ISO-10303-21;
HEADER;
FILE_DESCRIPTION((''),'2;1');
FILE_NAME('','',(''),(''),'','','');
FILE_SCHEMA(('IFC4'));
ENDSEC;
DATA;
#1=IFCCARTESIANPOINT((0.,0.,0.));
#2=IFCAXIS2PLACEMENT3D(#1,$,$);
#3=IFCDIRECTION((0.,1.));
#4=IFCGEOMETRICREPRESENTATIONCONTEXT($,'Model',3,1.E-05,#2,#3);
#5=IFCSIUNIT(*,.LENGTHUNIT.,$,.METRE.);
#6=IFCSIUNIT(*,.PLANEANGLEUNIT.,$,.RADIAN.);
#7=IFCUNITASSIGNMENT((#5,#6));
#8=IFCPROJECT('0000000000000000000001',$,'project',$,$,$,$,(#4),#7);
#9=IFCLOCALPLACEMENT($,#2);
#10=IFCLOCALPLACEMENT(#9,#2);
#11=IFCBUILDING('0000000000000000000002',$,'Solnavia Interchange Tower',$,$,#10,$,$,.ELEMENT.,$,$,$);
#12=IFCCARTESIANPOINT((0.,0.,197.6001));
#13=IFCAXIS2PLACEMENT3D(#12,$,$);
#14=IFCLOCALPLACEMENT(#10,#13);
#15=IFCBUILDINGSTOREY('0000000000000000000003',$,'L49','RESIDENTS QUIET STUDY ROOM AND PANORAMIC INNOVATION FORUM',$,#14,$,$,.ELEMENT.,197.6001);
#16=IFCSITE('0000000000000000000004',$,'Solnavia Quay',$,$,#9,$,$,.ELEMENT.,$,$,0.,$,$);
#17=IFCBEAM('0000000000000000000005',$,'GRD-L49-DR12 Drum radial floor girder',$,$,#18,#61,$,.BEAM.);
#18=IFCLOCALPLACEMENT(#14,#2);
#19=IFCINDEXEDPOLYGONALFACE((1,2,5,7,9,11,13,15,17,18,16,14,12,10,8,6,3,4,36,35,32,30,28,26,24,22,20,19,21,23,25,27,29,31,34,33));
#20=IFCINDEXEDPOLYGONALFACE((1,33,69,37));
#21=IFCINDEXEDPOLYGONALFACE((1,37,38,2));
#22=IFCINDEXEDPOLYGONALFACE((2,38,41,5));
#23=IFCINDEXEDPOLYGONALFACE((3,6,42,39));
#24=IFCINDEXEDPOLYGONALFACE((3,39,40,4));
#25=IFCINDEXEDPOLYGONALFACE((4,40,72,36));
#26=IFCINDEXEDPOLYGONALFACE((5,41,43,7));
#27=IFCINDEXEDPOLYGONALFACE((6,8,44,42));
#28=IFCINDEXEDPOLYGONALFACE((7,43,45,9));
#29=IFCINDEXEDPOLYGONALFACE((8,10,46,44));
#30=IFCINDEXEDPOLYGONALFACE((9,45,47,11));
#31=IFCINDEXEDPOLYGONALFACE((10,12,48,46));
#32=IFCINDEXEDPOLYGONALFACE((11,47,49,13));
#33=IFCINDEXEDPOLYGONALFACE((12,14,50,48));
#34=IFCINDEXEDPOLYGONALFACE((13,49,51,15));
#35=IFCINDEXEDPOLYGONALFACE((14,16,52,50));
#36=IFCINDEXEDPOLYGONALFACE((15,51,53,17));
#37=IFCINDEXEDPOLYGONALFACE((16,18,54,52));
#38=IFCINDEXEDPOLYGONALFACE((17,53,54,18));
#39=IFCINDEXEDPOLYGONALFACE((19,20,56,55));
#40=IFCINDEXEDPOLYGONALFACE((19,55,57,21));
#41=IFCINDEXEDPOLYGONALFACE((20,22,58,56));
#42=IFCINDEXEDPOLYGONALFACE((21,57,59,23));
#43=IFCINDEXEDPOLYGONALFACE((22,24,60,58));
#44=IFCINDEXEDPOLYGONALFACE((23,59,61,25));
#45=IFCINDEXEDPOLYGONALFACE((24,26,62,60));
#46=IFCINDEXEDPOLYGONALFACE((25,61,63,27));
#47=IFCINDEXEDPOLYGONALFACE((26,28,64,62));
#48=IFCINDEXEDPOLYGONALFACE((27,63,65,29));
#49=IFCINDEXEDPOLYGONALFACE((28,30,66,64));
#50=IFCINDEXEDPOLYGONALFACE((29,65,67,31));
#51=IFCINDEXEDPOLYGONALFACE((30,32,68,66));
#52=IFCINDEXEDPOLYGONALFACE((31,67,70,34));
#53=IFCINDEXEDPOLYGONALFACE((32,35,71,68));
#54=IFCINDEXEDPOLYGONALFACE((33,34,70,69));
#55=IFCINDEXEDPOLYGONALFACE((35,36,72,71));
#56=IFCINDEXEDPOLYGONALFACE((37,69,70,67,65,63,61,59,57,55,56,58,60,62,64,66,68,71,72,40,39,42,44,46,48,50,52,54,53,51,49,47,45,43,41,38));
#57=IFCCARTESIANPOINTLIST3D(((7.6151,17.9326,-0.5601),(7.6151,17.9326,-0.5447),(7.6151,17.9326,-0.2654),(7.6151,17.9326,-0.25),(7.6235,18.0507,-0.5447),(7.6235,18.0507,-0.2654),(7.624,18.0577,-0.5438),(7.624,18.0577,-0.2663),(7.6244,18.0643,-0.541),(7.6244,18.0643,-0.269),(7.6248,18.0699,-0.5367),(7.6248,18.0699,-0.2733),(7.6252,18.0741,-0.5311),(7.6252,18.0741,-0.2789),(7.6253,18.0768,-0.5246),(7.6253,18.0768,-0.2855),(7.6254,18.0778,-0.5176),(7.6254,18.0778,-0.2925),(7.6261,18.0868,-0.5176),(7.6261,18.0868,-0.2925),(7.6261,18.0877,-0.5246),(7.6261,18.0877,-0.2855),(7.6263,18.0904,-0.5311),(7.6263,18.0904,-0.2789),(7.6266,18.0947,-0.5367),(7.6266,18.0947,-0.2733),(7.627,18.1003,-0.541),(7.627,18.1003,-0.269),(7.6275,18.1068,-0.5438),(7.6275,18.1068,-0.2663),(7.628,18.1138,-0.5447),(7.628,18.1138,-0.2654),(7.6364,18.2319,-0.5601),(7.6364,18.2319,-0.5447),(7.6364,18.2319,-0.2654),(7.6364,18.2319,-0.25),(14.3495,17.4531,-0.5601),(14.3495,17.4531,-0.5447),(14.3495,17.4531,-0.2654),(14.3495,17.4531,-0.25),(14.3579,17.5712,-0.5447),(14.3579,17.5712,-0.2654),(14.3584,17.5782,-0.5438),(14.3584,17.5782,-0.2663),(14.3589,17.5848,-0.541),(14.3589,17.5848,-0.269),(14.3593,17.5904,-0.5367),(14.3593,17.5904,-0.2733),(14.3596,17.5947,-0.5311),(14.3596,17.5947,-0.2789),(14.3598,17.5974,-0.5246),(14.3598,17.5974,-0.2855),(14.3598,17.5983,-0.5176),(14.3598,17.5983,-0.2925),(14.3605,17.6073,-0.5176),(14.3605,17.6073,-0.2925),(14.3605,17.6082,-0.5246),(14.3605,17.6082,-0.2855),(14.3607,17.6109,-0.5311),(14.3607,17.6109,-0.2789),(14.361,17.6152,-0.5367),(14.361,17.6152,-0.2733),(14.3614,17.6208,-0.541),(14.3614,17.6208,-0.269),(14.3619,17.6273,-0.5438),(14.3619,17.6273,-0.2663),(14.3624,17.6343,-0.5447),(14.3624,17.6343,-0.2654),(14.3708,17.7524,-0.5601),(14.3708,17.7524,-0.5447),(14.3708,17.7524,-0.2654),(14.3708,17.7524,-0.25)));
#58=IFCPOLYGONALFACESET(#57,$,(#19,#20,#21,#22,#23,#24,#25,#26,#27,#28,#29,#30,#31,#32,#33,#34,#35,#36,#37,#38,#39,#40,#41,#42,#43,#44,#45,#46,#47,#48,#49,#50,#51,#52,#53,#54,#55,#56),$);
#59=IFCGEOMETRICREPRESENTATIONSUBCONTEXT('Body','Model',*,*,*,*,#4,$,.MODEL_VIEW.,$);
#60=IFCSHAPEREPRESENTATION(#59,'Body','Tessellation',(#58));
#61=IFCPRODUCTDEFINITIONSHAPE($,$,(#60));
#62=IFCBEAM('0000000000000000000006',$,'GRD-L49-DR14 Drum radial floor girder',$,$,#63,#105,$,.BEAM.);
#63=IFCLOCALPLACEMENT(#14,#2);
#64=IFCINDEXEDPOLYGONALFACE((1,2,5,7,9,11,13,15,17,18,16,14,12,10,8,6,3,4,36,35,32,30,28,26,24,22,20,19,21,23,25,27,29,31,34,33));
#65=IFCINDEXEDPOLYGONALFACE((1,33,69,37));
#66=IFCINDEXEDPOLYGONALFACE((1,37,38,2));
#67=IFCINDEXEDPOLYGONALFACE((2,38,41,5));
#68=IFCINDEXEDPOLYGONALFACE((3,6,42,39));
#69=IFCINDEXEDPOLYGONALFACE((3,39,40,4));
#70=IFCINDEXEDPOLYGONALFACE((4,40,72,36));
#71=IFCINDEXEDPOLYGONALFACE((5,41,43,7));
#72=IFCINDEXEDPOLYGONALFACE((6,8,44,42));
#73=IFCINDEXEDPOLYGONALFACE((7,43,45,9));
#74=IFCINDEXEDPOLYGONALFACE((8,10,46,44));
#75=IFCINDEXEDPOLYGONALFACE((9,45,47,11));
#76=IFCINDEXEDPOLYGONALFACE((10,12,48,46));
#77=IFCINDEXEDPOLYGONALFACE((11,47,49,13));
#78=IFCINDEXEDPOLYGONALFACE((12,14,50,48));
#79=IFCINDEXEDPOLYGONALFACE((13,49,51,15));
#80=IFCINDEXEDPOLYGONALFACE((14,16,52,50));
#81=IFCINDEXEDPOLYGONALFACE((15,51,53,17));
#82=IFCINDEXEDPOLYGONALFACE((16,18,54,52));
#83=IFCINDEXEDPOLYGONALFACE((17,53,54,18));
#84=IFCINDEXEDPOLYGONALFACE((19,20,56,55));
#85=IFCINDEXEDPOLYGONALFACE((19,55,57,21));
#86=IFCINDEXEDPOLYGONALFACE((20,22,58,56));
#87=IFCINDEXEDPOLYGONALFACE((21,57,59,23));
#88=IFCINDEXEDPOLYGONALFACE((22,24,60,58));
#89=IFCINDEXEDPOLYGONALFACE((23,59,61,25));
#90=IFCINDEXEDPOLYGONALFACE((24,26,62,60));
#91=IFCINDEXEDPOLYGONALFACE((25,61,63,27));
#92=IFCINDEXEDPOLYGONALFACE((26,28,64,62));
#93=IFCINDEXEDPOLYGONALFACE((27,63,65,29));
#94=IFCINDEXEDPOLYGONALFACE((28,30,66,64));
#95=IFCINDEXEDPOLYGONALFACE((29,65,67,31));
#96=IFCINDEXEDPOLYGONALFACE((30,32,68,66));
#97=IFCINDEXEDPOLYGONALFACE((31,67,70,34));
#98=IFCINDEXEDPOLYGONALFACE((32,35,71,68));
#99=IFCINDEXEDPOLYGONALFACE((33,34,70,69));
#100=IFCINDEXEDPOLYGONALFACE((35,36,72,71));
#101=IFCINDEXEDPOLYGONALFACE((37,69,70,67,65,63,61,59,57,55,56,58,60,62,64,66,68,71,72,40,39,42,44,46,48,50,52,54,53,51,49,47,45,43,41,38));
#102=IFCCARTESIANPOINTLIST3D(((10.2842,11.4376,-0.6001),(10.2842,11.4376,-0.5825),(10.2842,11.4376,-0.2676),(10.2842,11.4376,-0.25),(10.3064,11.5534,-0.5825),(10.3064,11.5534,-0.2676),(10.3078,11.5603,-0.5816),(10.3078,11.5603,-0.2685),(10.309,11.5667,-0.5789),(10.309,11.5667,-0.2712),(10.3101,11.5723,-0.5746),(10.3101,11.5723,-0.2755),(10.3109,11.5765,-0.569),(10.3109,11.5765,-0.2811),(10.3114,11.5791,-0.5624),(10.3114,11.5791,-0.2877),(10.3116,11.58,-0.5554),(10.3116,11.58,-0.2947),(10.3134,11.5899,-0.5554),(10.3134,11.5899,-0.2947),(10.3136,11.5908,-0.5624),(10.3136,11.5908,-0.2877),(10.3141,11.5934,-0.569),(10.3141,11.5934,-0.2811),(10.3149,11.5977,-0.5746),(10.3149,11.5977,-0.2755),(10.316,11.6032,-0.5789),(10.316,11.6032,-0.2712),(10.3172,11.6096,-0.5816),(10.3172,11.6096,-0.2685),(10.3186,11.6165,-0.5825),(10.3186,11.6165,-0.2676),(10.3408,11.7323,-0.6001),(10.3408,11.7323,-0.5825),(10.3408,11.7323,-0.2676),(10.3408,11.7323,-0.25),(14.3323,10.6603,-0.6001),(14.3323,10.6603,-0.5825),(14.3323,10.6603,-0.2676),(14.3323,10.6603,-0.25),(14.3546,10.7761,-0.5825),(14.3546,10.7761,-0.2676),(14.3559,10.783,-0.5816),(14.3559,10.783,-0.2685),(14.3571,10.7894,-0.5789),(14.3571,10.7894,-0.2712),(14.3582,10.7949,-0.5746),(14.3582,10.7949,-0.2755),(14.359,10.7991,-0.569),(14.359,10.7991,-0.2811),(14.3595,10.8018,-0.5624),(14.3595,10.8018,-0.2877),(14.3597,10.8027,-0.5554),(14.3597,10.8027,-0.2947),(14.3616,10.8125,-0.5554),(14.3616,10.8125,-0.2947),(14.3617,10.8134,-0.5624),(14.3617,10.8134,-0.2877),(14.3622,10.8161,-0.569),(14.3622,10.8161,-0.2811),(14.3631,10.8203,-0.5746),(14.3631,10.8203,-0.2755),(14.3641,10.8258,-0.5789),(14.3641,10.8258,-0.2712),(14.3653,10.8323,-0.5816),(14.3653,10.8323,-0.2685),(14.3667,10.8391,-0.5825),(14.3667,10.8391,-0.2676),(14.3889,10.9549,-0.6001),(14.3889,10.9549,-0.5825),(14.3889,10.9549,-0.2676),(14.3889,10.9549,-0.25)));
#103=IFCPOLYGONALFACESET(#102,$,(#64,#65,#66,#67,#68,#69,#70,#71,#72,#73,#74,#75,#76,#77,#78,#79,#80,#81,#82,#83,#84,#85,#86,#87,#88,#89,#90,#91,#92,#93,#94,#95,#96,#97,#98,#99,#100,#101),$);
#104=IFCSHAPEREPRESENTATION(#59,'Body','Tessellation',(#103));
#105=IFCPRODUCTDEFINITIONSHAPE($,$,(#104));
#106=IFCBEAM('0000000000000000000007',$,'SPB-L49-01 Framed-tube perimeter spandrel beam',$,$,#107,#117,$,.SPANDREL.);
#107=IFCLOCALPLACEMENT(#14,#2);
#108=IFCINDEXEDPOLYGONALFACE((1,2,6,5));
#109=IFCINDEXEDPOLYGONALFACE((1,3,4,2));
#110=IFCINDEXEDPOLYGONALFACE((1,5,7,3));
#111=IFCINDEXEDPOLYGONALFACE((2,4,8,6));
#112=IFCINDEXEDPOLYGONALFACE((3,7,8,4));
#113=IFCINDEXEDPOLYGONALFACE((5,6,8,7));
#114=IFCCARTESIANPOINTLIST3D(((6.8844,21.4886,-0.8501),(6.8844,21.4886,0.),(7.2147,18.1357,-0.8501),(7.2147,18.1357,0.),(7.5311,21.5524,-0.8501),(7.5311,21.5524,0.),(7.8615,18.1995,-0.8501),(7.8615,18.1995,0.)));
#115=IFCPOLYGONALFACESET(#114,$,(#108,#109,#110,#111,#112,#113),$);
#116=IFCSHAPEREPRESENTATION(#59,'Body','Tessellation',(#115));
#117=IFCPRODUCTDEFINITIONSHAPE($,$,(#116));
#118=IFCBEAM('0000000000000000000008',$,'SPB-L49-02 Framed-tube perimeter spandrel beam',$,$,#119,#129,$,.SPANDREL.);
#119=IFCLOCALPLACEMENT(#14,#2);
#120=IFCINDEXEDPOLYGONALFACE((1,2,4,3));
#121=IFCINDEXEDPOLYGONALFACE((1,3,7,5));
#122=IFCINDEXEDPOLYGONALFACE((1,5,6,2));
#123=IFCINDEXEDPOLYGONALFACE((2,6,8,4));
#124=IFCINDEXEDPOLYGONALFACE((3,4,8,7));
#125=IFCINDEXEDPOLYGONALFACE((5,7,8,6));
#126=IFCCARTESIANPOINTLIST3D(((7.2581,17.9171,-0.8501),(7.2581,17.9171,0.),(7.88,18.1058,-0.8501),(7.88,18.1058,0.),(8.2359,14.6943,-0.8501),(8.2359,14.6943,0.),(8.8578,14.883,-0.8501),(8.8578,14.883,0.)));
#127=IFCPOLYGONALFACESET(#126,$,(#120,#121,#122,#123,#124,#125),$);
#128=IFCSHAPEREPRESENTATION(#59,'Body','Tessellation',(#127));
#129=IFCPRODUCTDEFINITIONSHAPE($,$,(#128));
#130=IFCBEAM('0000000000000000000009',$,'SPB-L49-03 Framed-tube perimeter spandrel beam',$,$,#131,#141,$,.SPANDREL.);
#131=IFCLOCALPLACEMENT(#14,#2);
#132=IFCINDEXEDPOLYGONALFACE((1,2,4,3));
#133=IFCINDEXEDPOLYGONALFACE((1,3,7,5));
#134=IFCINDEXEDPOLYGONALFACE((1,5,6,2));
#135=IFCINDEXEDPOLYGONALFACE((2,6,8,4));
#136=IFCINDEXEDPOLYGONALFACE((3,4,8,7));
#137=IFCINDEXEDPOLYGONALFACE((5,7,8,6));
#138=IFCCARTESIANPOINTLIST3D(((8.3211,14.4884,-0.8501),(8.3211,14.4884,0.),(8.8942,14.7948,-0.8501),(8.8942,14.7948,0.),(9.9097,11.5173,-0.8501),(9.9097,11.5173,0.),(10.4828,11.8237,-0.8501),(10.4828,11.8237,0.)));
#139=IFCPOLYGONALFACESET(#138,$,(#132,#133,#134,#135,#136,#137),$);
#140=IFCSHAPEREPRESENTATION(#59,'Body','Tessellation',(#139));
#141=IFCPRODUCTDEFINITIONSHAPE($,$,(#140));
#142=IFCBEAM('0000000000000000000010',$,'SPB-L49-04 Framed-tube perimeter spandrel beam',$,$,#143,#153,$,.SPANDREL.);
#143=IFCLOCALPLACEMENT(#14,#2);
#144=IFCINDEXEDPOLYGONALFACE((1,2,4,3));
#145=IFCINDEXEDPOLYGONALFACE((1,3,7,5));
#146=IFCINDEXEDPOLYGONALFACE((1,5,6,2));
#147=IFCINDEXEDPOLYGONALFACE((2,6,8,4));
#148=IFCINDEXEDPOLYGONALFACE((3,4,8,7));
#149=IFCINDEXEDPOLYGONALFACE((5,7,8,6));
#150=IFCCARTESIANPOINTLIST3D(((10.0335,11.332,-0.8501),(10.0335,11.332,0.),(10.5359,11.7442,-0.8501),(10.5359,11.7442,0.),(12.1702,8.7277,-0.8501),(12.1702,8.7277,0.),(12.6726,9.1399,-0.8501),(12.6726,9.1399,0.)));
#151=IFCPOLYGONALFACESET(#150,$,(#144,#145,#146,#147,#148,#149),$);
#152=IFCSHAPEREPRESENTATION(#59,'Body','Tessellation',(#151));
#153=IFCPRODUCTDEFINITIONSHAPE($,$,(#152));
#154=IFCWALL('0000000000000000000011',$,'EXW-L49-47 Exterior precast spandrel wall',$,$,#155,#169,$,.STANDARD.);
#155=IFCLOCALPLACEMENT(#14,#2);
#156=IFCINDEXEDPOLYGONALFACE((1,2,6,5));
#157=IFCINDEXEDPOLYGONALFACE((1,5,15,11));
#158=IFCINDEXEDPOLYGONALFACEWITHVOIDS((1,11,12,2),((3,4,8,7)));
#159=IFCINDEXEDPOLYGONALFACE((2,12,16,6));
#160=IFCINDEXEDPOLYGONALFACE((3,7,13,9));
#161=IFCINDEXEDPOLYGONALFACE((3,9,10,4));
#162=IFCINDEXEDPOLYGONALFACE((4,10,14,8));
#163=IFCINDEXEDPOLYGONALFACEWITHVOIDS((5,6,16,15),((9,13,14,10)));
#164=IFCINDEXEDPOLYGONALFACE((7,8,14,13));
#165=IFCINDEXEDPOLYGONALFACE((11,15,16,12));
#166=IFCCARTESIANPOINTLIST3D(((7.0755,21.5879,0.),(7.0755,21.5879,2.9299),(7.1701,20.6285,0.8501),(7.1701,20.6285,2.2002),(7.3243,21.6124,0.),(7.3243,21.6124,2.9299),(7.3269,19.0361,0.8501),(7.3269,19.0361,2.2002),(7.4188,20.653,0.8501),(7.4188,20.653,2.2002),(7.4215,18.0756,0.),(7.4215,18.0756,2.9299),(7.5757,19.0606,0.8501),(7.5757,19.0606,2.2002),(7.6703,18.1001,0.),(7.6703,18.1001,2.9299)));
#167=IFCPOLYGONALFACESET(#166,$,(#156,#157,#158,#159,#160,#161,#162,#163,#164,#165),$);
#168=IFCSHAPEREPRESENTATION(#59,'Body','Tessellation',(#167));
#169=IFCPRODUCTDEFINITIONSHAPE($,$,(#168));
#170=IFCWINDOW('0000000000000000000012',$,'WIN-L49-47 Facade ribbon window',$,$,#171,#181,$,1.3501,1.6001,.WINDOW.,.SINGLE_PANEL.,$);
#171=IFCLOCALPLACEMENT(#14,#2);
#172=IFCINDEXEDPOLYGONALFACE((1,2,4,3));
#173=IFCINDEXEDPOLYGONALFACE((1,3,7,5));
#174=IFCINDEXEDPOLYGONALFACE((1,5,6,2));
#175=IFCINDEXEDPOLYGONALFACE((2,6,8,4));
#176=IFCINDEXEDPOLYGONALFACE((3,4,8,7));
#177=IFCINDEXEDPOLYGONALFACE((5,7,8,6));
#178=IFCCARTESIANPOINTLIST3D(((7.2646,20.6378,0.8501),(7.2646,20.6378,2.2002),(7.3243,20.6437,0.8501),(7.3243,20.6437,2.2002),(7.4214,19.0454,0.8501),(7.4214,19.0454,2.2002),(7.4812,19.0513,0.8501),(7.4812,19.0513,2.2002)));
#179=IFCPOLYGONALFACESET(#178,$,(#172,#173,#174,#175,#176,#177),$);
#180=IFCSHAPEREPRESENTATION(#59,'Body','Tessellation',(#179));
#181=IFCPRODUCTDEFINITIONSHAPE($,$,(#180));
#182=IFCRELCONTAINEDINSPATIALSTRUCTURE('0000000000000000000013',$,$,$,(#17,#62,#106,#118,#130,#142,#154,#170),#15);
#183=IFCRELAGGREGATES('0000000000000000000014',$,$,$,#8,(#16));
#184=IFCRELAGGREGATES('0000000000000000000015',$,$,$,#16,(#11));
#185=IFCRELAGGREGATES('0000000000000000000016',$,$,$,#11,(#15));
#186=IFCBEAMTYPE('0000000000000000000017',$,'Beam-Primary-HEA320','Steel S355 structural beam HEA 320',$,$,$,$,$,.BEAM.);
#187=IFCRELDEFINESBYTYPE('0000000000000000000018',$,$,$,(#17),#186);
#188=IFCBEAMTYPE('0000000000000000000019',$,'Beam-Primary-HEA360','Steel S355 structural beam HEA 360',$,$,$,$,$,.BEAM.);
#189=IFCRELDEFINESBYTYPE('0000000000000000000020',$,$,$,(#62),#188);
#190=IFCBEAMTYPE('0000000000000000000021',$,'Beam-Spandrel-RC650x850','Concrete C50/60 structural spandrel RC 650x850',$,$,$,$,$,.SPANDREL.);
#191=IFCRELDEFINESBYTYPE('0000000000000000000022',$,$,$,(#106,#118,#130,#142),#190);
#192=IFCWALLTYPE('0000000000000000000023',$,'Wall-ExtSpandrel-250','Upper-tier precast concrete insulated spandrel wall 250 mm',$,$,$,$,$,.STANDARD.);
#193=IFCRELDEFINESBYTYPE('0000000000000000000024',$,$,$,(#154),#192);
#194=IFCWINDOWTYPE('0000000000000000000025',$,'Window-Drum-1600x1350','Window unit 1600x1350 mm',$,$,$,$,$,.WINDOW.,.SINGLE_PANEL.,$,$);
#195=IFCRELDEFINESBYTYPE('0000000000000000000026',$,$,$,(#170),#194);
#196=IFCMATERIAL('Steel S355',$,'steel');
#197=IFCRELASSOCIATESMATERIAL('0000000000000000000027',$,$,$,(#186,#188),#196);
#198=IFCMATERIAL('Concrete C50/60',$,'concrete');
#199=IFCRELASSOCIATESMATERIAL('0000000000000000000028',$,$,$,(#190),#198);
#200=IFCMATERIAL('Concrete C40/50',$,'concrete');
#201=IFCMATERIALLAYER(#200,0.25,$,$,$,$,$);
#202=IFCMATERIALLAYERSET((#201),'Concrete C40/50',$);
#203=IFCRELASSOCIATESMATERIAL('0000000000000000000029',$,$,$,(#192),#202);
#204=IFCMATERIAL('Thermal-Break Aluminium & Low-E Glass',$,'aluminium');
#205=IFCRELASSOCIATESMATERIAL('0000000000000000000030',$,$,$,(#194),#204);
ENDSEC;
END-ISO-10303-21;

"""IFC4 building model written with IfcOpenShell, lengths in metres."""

from ifc_helpers import new_model, si_unit, direction, frame, frame_2d, origin, origin_2d, place, context, subcontext, project, spatial, rectangle, i_section, extrude, material, layer, layer_set, material_profile, profile_set, type_object, element, fill, save


model = new_model("IFC4")

# Units and contexts
model_context = context("Model", 3, precision=1e-05, world=origin(), true_north=direction((0.0, 1.0)))
body_context = subcontext(model_context, "Body", "Model", "MODEL_VIEW")
ifc_project = project(units=[si_unit("LENGTHUNIT", "METRE"), si_unit("PLANEANGLEUNIT", "RADIAN")], contexts=[model_context])

# Site, building, storey
site_placement = place(None, origin())
site = spatial("IfcSite", under=ifc_project, at=site_placement, Name="Solnavia Quay", CompositionType="ELEMENT", RefElevation=0.0)
building_placement = place(site_placement, origin())
building = spatial("IfcBuilding", under=site, at=building_placement, Name="Solnavia Interchange Tower", CompositionType="ELEMENT")
storey_placement = place(building_placement, frame((0.0, 0.0, 197.6001)))
storey = spatial("IfcBuildingStorey", under=building, at=storey_placement, Name="L49", Description="RESIDENTS QUIET STUDY ROOM AND PANORAMIC INNOVATION FORUM", CompositionType="ELEMENT", Elevation=197.6001)

# Shared definitions
ifc_material_1 = material(Name="Concrete C50/60", Category="concrete")

# Beams
ifc_material_2 = material(Name="Steel S355", Category="steel")
ifc_material_profile_1 = material_profile(ifc_material_2, i_section(OverallWidth=0.3, OverallDepth=0.3101, WebThickness=0.009, FlangeThickness=0.0154, FilletRadius=0.0271, at=origin_2d()), Name="HEA 320")
ifc_profile_set_1 = profile_set([ifc_material_profile_1], Name="Steel S355")
beam_type_1 = type_object("IfcBeamType", Name="Beam-Primary-HEA320", Description="Steel S355 structural beam HEA 320", PredefinedType="BEAM", material=ifc_profile_set_1)
beam_1_placement = place(storey_placement, frame((7.6257, 18.0823, -0.405), z_axis=(0.997475, -0.071021, 0.0), x_axis=(0.071021, 0.997475, 0.0)))
element("IfcBeam", 1, at=beam_1_placement, inside=storey, type_object=beam_type_1, Name="GRD-L49-DR12 Drum radial floor girder", PredefinedType="BEAM", context=body_context, shape_type="SweptSolid", body=[
    extrude(i_section(OverallWidth=0.3, OverallDepth=0.3101, WebThickness=0.009, FlangeThickness=0.0154, FilletRadius=0.0271, at=origin_2d()), origin(), (0.0, 0.0, 1.0), 6.7515),
])
ifc_material_profile_2 = material_profile(ifc_material_2, i_section(OverallWidth=0.3, OverallDepth=0.3501, WebThickness=0.01, FlangeThickness=0.0176, FilletRadius=0.0271, at=origin_2d()), Name="HEA 360")
ifc_profile_set_2 = profile_set([ifc_material_profile_2], Name="Steel S355")
beam_type_2 = type_object("IfcBeamType", Name="Beam-Primary-HEA360", Description="Steel S355 structural beam HEA 360", PredefinedType="BEAM", material=ifc_profile_set_2)
beam_2_placement = place(storey_placement, frame((10.3125, 11.585, -0.425), z_axis=(0.982058, -0.188582, 0.0), x_axis=(0.188582, 0.982058, 0.0)))
element("IfcBeam", 2, at=beam_2_placement, inside=storey, type_object=beam_type_2, Name="GRD-L49-DR14 Drum radial floor girder", PredefinedType="BEAM", context=body_context, shape_type="SweptSolid", body=[
    extrude(i_section(OverallWidth=0.3, OverallDepth=0.3501, WebThickness=0.01, FlangeThickness=0.0176, FilletRadius=0.0271, at=origin_2d()), origin(), (0.0, 0.0, 1.0), 4.1221),
])
ifc_material_profile_3 = material_profile(ifc_material_1, rectangle(XDim=0.6499, YDim=0.8501, at=origin_2d()), Name="RC 650x850")
ifc_profile_set_3 = profile_set([ifc_material_profile_3], Name="Concrete C50/60")
beam_type_3 = type_object("IfcBeamType", Name="Beam-Spandrel-RC650x850", Description="Concrete C50/60 structural spandrel RC 650x850", PredefinedType="SPANDREL", material=ifc_profile_set_3)
beam_3_placement = place(storey_placement, frame((7.2078, 21.5205, -0.425), z_axis=(0.09804, -0.995182, 0.0), x_axis=(0.995182, 0.09804, 0.0)))
element("IfcBeam", 3, at=beam_3_placement, inside=storey, type_object=beam_type_3, Name="SPB-L49-01 Framed-tube perimeter spandrel beam", PredefinedType="SPANDREL", context=body_context, shape_type="SweptSolid", body=[
    extrude(rectangle(XDim=0.6499, YDim=0.8501, at=origin_2d()), origin(), (0.0, 0.0, 1.0), 3.3691),
])
beam_4_placement = place(storey_placement, frame((7.5691, 18.0115, -0.425), z_axis=(0.290319, -0.95693, 0.0), x_axis=(0.95693, 0.290319, 0.0)))
element("IfcBeam", 4, at=beam_4_placement, inside=storey, type_object=beam_type_3, Name="SPB-L49-02 Framed-tube perimeter spandrel beam", PredefinedType="SPANDREL", context=body_context, shape_type="SweptSolid", body=[
    extrude(rectangle(XDim=0.6499, YDim=0.8501, at=origin_2d()), origin(), (0.0, 0.0, 1.0), 3.3679),
])
beam_5_placement = place(storey_placement, frame((8.6077, 14.6416, -0.425), z_axis=(0.471509, -0.881861, 0.0), x_axis=(0.881861, 0.471509, 0.0)))
element("IfcBeam", 5, at=beam_5_placement, inside=storey, type_object=beam_type_3, Name="SPB-L49-03 Framed-tube perimeter spandrel beam", PredefinedType="SPANDREL", context=body_context, shape_type="SweptSolid", body=[
    extrude(rectangle(XDim=0.6499, YDim=0.8501, at=origin_2d()), origin(), (0.0, 0.0, 1.0), 3.3691),
])
beam_6_placement = place(storey_placement, frame((10.2847, 11.5381, -0.425), z_axis=(0.634299, -0.773088, 0.0), x_axis=(0.773088, 0.634299, 0.0)))
element("IfcBeam", 6, at=beam_6_placement, inside=storey, type_object=beam_type_3, Name="SPB-L49-04 Framed-tube perimeter spandrel beam", PredefinedType="SPANDREL", context=body_context, shape_type="SweptSolid", body=[
    extrude(rectangle(XDim=0.6499, YDim=0.8501, at=origin_2d()), origin(), (0.0, 0.0, 1.0), 3.3687),
])

# Wall, opening, window
ifc_material_3 = material(Name="Concrete C40/50", Category="concrete")
ifc_layer_1 = layer(ifc_material_3, 0.25)
ifc_layer_set_1 = layer_set([ifc_layer_1], Name="Concrete C40/50")
wall_type_1 = type_object("IfcWallType", Name="Wall-ExtSpandrel-250", Description="Upper-tier precast concrete insulated spandrel wall 250 mm", PredefinedType="STANDARD", material=ifc_layer_set_1)
wall_1_placement = place(storey_placement, frame((7.5459, 18.0879, 0.0), z_axis=(0.0, 0.0, 1.0), x_axis=(-0.098024, 0.995184, 0.0)))
wall_1 = element("IfcWall", 7, at=wall_1_placement, inside=storey, type_object=wall_type_1, Name="EXW-L49-47 Exterior precast spandrel wall", PredefinedType="STANDARD", context=body_context, shape_type="SweptSolid", body=[
    extrude(rectangle(XDim=3.5293, YDim=0.25, at=frame_2d((1.7646, 0.0))), origin(), (0.0, 0.0, 1.0), 2.9299),
])
opening_1_placement = place(wall_1_placement, frame((0.9651, 0.0, 0.8501)))
opening_1 = element("IfcOpeningElement", 8, at=opening_1_placement, cuts=wall_1, PredefinedType="OPENING", context=body_context, shape_type="SweptSolid", body=[
    extrude(rectangle(XDim=1.6001, YDim=1.3501, at=frame_2d((0.8, 0.675))), frame((0.0, 0.135, 0.0), z_axis=(0.0, -1.0, 0.0), x_axis=(1.0, 0.0, 0.0)), (0.0, 0.0, 1.0), 0.27),
])
ifc_material_4 = material(Name="Thermal-Break Aluminium & Low-E Glass", Category="aluminium")
window_type = type_object("IfcWindowType", Name="Window-Drum-1600x1350", Description="Window unit 1600x1350 mm", PartitioningType="SINGLE_PANEL", PredefinedType="WINDOW", material=ifc_material_4)
window_1_placement = place(opening_1_placement, origin())
window_1 = element("IfcWindow", 9, at=window_1_placement, inside=storey, type_object=window_type, Name="WIN-L49-47 Facade ribbon window", OverallHeight=1.3501, OverallWidth=1.6001, PartitioningType="SINGLE_PANEL", PredefinedType="WINDOW", context=body_context, shape_type="SweptSolid", body=[
    extrude(rectangle(XDim=1.6001, YDim=1.3501, at=frame_2d((0.8, 0.675))), frame((0.0, 0.03, 0.0), z_axis=(0.0, -1.0, 0.0), x_axis=(1.0, 0.0, 0.0)), (0.0, 0.0, 1.0), 0.0601),
])
fill(opening_1, window_1)

save(model, "model.ifc")
